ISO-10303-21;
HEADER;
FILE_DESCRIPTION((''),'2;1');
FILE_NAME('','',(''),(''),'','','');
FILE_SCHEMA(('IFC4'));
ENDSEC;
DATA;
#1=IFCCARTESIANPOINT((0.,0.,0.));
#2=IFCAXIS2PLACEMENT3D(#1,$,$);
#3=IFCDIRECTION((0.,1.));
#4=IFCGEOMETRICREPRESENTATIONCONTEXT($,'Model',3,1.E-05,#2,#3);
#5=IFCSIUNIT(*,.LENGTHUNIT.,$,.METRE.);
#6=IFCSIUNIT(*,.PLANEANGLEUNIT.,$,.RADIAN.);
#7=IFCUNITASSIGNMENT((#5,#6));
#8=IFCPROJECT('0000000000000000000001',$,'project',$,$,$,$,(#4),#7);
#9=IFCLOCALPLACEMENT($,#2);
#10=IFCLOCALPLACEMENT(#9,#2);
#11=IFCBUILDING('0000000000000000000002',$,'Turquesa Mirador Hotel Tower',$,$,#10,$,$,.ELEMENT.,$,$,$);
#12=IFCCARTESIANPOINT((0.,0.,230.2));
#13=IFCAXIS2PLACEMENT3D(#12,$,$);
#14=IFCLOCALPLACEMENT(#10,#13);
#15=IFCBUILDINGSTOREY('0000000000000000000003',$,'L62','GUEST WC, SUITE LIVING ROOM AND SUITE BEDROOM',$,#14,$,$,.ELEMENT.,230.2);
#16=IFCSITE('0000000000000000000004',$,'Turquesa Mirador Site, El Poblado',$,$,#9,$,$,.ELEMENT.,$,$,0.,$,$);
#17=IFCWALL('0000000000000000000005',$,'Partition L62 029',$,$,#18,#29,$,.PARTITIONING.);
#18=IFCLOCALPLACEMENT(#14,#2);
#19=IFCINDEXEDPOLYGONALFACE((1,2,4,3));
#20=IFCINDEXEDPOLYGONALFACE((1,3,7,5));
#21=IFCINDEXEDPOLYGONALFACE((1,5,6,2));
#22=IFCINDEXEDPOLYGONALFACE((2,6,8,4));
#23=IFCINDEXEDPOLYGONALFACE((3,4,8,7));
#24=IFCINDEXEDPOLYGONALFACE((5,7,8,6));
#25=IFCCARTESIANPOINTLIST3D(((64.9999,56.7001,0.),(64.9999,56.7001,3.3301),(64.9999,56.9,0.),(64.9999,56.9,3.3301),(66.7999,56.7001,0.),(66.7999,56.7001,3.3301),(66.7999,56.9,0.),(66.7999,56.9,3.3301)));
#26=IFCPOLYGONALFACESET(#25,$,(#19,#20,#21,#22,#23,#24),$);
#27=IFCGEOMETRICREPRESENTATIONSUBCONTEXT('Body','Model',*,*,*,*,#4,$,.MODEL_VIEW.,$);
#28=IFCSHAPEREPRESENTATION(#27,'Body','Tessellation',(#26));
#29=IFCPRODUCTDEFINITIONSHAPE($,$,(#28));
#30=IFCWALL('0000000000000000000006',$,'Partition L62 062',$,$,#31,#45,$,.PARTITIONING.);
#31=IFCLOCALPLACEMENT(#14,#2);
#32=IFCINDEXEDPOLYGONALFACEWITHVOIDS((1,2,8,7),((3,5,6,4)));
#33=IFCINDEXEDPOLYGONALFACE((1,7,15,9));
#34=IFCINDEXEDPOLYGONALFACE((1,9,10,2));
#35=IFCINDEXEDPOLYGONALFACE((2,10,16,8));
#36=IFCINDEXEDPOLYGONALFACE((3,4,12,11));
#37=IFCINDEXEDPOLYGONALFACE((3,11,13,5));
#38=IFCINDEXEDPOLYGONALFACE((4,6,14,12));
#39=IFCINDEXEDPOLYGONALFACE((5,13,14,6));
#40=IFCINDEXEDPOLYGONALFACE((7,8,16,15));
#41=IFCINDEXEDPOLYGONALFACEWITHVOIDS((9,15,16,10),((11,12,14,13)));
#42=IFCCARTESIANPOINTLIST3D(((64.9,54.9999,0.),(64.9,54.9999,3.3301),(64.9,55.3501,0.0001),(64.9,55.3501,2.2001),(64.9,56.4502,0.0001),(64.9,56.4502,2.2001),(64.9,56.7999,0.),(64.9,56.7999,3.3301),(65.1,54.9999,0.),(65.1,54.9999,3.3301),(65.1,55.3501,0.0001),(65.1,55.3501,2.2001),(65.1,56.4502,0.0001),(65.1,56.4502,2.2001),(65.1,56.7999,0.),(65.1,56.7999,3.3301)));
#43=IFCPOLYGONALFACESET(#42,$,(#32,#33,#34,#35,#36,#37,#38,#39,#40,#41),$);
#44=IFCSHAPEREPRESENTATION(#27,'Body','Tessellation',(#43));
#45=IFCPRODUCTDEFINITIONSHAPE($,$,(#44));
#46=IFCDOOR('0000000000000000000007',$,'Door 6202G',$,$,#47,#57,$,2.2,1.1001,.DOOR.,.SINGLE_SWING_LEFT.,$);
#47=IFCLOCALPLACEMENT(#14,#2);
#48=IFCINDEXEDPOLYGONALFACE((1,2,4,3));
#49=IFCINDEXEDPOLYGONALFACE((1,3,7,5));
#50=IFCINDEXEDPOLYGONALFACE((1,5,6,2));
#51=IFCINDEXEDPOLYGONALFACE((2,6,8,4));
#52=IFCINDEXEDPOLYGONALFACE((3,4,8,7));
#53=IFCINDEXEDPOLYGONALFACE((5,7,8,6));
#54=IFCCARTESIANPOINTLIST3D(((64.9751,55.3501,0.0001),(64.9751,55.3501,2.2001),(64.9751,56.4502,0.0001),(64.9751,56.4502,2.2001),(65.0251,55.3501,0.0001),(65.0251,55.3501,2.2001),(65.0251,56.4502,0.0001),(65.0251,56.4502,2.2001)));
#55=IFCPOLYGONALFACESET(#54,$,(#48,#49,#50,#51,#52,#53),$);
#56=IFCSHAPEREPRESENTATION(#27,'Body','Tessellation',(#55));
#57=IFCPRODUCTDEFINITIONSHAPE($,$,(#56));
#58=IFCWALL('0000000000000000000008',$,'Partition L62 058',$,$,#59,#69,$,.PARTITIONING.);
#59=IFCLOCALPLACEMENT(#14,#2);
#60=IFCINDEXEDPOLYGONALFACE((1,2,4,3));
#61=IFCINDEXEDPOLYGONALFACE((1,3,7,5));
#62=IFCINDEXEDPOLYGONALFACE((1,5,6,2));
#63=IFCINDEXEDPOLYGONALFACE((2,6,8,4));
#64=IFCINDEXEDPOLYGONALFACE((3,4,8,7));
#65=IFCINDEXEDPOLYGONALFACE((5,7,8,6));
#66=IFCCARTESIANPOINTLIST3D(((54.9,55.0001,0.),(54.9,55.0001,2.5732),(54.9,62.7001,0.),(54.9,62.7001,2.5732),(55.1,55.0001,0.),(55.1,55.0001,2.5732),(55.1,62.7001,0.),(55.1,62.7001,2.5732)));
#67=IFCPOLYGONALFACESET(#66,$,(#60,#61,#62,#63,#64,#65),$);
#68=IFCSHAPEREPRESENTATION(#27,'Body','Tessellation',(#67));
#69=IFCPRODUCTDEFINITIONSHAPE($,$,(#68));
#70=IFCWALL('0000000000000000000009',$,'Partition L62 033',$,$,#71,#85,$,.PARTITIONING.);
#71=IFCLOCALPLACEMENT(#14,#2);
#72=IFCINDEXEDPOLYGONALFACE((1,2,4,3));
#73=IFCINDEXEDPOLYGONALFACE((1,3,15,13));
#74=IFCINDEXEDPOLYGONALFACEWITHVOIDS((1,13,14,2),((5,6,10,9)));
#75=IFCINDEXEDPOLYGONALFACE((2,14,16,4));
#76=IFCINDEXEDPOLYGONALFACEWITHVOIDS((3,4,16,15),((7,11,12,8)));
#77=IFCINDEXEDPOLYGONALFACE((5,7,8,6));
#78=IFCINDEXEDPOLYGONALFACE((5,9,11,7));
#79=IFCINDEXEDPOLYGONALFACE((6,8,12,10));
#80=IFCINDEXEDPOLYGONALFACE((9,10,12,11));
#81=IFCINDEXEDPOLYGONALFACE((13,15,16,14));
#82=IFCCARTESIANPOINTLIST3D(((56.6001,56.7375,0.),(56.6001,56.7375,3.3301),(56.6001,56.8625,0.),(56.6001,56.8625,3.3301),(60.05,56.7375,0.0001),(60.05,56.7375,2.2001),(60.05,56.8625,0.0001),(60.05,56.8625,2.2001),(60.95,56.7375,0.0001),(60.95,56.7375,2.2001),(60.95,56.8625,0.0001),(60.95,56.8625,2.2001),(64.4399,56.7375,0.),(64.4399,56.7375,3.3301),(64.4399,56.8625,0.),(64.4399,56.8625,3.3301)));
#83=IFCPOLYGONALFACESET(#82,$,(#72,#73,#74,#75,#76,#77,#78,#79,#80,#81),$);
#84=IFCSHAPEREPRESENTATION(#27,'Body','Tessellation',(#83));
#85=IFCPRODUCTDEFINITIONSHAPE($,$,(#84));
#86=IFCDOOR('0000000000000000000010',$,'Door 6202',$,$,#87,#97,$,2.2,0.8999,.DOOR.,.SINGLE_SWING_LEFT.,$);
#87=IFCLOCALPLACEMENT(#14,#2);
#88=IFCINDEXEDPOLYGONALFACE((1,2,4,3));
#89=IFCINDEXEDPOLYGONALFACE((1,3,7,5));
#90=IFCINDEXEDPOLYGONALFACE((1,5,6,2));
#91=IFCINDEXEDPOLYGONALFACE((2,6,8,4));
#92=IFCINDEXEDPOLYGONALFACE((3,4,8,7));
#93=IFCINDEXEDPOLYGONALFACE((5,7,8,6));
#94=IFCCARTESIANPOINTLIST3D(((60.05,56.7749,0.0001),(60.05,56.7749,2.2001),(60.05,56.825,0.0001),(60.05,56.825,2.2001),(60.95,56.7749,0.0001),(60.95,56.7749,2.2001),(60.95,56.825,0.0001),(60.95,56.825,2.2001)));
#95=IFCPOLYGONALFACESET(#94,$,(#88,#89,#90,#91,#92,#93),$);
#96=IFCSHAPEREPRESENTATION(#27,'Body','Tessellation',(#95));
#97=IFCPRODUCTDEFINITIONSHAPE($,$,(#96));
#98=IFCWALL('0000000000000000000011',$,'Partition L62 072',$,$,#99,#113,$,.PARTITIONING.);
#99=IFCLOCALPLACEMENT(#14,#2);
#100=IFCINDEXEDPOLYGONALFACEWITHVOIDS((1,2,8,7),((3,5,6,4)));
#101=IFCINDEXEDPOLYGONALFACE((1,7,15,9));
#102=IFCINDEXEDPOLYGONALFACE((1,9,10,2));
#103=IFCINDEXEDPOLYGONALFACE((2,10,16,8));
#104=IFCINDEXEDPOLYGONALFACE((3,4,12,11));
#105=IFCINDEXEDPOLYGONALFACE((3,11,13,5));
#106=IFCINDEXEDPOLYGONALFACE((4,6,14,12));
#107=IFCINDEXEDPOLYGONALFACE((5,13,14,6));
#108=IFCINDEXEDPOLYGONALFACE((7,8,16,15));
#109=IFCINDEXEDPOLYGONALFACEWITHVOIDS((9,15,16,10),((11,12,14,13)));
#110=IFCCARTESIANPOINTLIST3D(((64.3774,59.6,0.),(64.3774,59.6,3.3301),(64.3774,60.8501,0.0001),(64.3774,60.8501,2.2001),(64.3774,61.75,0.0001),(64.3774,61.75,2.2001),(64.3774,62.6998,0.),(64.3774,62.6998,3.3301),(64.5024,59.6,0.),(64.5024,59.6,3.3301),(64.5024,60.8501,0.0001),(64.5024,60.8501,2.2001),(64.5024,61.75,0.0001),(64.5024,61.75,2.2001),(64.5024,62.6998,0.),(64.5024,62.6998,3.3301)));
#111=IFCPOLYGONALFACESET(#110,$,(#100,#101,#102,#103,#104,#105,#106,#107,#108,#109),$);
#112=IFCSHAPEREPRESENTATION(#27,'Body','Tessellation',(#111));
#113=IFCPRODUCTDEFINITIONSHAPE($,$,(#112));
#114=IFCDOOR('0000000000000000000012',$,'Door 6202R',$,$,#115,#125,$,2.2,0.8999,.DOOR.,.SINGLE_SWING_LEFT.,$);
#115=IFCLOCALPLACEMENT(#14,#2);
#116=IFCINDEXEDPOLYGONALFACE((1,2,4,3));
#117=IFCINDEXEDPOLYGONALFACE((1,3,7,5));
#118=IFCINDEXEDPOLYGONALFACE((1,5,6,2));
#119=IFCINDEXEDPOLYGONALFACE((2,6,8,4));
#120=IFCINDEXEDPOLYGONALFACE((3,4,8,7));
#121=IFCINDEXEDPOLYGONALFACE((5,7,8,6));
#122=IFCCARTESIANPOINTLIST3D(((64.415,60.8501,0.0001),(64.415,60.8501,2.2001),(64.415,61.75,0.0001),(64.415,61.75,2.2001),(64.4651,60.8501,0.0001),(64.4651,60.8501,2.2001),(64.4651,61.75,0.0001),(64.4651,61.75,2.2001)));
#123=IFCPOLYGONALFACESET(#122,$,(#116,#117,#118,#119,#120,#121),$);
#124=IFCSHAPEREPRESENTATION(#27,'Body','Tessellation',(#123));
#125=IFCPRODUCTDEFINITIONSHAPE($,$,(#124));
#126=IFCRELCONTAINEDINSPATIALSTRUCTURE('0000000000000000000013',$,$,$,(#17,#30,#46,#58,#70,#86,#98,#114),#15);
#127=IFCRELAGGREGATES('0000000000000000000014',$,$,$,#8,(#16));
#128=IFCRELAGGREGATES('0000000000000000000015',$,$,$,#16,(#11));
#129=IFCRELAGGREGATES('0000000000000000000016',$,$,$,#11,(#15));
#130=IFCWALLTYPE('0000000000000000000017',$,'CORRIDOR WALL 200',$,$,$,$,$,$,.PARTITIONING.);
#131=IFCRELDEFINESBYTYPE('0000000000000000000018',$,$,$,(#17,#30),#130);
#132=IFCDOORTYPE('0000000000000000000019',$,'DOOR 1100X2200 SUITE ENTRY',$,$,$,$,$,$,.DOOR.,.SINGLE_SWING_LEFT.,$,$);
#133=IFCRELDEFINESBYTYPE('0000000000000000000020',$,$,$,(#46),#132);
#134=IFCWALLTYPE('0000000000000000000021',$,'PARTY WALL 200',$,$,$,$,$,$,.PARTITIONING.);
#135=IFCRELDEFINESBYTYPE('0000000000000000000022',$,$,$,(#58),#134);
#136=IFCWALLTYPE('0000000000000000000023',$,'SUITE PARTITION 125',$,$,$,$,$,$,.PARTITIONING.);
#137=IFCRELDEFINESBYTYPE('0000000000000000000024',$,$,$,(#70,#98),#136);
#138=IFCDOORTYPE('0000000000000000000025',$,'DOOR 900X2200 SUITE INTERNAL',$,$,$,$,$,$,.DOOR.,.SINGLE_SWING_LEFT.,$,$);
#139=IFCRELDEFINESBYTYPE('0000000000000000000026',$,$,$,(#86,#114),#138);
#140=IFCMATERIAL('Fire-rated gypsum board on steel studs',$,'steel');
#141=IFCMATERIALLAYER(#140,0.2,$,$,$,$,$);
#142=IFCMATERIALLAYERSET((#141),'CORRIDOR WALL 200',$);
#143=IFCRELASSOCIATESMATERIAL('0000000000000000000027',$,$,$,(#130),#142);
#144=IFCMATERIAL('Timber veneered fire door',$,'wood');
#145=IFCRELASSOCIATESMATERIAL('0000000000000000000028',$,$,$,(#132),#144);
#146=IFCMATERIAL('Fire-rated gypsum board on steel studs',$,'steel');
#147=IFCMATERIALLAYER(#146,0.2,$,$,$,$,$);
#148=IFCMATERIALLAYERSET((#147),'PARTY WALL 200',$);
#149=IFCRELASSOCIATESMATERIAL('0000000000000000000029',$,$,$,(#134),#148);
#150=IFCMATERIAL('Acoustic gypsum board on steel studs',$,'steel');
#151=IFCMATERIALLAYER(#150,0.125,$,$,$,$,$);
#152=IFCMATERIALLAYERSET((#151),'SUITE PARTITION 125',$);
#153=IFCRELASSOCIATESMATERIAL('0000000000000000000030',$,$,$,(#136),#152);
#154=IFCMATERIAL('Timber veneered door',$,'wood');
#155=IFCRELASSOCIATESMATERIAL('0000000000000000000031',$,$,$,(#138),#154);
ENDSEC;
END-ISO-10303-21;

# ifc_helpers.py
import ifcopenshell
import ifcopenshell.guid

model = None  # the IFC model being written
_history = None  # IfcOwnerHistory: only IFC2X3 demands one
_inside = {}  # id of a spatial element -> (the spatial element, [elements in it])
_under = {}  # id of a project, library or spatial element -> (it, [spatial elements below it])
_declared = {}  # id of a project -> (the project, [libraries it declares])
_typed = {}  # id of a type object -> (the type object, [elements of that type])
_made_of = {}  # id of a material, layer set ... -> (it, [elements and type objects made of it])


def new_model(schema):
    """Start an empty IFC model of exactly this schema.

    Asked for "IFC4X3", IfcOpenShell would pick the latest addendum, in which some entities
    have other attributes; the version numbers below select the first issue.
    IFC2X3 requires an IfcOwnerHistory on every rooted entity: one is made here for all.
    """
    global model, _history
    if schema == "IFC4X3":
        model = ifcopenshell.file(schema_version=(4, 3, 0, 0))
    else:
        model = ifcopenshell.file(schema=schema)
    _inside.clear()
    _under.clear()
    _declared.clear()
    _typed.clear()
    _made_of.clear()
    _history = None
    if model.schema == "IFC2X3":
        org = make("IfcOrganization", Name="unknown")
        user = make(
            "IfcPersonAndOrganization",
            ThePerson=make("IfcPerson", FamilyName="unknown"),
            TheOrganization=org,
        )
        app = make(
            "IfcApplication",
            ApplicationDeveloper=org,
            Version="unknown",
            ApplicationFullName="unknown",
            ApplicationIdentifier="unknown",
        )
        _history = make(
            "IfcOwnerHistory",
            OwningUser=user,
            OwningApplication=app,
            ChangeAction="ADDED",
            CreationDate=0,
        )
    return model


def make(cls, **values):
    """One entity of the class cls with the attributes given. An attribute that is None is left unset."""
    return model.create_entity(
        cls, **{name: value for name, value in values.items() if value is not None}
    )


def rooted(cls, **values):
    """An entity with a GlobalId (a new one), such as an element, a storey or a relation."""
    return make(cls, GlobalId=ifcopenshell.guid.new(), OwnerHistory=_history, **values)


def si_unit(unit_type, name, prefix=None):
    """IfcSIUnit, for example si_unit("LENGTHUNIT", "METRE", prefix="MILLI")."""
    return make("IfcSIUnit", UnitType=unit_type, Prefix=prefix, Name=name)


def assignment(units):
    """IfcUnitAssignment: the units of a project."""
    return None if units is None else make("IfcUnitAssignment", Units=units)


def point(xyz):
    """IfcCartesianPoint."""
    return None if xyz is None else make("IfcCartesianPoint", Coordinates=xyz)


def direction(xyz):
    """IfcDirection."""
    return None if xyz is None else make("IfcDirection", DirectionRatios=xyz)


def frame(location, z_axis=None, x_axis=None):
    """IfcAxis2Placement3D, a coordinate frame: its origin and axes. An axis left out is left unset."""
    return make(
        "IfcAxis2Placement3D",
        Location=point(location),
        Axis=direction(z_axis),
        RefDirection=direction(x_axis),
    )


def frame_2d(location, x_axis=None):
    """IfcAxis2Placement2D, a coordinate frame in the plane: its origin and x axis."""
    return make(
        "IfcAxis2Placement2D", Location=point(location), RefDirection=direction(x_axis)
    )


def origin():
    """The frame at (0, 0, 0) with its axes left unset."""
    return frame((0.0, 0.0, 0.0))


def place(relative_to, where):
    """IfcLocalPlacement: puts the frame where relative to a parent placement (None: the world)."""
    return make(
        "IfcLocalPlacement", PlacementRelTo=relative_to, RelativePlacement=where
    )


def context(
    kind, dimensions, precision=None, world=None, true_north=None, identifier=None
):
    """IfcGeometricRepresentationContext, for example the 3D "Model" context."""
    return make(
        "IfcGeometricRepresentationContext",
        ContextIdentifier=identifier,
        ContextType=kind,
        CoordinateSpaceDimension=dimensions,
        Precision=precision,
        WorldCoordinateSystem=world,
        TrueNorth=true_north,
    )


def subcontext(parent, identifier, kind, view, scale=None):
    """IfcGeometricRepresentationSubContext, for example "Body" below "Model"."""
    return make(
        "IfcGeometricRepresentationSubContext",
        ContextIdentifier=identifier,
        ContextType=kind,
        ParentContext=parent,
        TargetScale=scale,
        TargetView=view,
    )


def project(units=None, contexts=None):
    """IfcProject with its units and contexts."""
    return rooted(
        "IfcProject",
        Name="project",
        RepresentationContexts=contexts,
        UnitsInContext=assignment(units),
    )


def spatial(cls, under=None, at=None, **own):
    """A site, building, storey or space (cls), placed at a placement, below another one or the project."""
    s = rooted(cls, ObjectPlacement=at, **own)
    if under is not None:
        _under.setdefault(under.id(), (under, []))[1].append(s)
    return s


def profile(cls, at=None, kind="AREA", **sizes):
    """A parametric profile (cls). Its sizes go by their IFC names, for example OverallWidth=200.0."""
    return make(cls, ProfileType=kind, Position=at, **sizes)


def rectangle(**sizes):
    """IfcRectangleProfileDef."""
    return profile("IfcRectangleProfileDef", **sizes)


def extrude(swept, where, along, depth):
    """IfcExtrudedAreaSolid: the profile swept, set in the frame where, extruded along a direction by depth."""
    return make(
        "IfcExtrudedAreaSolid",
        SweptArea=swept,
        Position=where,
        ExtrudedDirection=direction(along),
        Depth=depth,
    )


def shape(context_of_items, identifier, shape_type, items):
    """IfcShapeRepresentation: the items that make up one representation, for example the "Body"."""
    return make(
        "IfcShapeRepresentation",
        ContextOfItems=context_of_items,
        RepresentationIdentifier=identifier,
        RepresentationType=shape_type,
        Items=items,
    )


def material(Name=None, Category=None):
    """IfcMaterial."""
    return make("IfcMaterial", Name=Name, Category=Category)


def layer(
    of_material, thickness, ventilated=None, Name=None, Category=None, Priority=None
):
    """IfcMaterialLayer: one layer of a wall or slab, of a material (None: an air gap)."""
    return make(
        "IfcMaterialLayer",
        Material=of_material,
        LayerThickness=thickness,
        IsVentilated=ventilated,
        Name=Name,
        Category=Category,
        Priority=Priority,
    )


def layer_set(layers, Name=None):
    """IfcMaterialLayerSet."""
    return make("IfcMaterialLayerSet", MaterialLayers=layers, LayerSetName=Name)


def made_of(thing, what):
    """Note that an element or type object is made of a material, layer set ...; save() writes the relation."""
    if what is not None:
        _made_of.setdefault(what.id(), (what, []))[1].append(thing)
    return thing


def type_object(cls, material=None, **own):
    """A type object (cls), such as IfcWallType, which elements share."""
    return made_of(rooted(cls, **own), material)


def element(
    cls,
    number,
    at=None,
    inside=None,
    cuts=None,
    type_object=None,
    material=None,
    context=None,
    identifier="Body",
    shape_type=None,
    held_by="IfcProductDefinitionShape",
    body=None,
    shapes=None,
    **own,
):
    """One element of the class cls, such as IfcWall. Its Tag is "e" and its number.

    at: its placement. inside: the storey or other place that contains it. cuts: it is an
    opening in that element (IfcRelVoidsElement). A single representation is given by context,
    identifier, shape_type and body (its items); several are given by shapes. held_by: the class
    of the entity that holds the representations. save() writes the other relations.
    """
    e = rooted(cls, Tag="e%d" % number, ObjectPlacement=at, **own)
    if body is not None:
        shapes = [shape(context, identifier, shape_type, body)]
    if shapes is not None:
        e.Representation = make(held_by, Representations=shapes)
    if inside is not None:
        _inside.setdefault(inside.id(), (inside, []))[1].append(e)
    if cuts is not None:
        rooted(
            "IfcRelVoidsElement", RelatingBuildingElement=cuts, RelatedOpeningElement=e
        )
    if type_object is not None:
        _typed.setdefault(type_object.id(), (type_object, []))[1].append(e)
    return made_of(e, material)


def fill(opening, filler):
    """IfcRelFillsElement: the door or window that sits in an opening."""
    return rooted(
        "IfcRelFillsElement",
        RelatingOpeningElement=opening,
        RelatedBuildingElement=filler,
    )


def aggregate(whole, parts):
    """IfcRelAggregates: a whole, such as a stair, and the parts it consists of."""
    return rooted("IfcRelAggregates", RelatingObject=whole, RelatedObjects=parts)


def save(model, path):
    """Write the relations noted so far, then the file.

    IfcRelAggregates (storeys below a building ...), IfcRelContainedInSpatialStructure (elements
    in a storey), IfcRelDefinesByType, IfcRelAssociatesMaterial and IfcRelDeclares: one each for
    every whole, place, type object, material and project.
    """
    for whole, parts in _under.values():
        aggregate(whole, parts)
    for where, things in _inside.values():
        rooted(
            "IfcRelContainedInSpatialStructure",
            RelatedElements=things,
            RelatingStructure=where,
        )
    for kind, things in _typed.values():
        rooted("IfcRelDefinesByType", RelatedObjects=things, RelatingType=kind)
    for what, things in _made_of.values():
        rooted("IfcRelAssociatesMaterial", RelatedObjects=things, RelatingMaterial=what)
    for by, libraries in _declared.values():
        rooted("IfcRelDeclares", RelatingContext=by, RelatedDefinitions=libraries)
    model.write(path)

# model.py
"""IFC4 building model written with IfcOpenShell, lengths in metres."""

from ifc_helpers import new_model, si_unit, direction, frame, frame_2d, origin, place, context, subcontext, project, spatial, rectangle, extrude, material, layer, layer_set, type_object, element, fill, save


model = new_model("IFC4")

# Units and contexts
model_context = context("Model", 3, precision=1e-05, world=origin(), true_north=direction((0.0, 1.0)))
body_context = subcontext(model_context, "Body", "Model", "MODEL_VIEW")
ifc_project = project(units=[si_unit("LENGTHUNIT", "METRE"), si_unit("PLANEANGLEUNIT", "RADIAN")], contexts=[model_context])

# Site, building, storey
site_placement = place(None, origin())
site = spatial("IfcSite", under=ifc_project, at=site_placement, Name="Turquesa Mirador Site, El Poblado", CompositionType="ELEMENT", RefElevation=0.0)
building_placement = place(site_placement, origin())
building = spatial("IfcBuilding", under=site, at=building_placement, Name="Turquesa Mirador Hotel Tower", CompositionType="ELEMENT")
storey_placement = place(building_placement, frame((0.0, 0.0, 230.2)))
storey = spatial("IfcBuildingStorey", under=building, at=storey_placement, Name="L62", Description="GUEST WC, SUITE LIVING ROOM AND SUITE BEDROOM", CompositionType="ELEMENT", Elevation=230.2)

# Wall
ifc_material_1 = material(Name="Fire-rated gypsum board on steel studs", Category="steel")
ifc_layer_1 = layer(ifc_material_1, 0.2)
ifc_layer_set_1 = layer_set([ifc_layer_1], Name="CORRIDOR WALL 200")
wall_type_1 = type_object("IfcWallType", Name="CORRIDOR WALL 200", PredefinedType="PARTITIONING", material=ifc_layer_set_1)
wall_1_placement = place(storey_placement, frame((65.0, 56.8, 0.0), z_axis=(0.0, 0.0, 1.0), x_axis=(1.0, 0.0, 0.0)))
element("IfcWall", 1, at=wall_1_placement, inside=storey, type_object=wall_type_1, Name="Partition L62 029", PredefinedType="PARTITIONING", context=body_context, shape_type="SweptSolid", body=[
    extrude(rectangle(XDim=1.8, YDim=0.2, at=frame_2d((0.8999, 0.0))), origin(), (0.0, 0.0, 1.0), 3.3301),
])

# Wall, opening, door
wall_2_placement = place(storey_placement, frame((65.0, 55.0, 0.0), z_axis=(0.0, 0.0, 1.0), x_axis=(0.0, 1.0, 0.0)))
wall_2 = element("IfcWall", 2, at=wall_2_placement, inside=storey, type_object=wall_type_1, Name="Partition L62 062", PredefinedType="PARTITIONING", context=body_context, shape_type="SweptSolid", body=[
    extrude(rectangle(XDim=1.8, YDim=0.2, at=frame_2d((0.8999, 0.0))), origin(), (0.0, 0.0, 1.0), 3.3301),
])
opening_1_placement = place(wall_2_placement, frame((0.3501, 0.0, 0.0)))
opening_1 = element("IfcOpeningElement", 3, at=opening_1_placement, cuts=wall_2, PredefinedType="OPENING", context=body_context, shape_type="SweptSolid", body=[
    extrude(rectangle(XDim=1.1001, YDim=2.2, at=frame_2d((0.55, 1.1001))), frame((0.0, 0.1099, 0.0), z_axis=(0.0, -1.0, 0.0), x_axis=(1.0, 0.0, 0.0)), (0.0, 0.0, 1.0), 0.22),
])
ifc_material_2 = material(Name="Timber veneered fire door", Category="wood")
door_type_1 = type_object("IfcDoorType", Name="DOOR 1100X2200 SUITE ENTRY", OperationType="SINGLE_SWING_LEFT", PredefinedType="DOOR", material=ifc_material_2)
door_1_placement = place(opening_1_placement, origin())
door_1 = element("IfcDoor", 4, at=door_1_placement, inside=storey, type_object=door_type_1, Name="Door 6202G", OperationType="SINGLE_SWING_LEFT", OverallHeight=2.2, OverallWidth=1.1001, PredefinedType="DOOR", context=body_context, shape_type="SweptSolid", body=[
    extrude(rectangle(XDim=1.1001, YDim=2.2, at=frame_2d((0.55, 1.1001))), frame((0.0, 0.0249, 0.0), z_axis=(0.0, -1.0, 0.0), x_axis=(1.0, 0.0, 0.0)), (0.0, 0.0, 1.0), 0.05),
])
fill(opening_1, door_1)

# Wall
ifc_material_3 = material(Name="Fire-rated gypsum board on steel studs", Category="steel")
ifc_layer_2 = layer(ifc_material_3, 0.2)
ifc_layer_set_2 = layer_set([ifc_layer_2], Name="PARTY WALL 200")
wall_type_2 = type_object("IfcWallType", Name="PARTY WALL 200", PredefinedType="PARTITIONING", material=ifc_layer_set_2)
wall_3_placement = place(storey_placement, frame((55.0, 55.0, 0.0), z_axis=(0.0, 0.0, 1.0), x_axis=(0.0, 1.0, 0.0)))
element("IfcWall", 5, at=wall_3_placement, inside=storey, type_object=wall_type_2, Name="Partition L62 058", PredefinedType="PARTITIONING", context=body_context, shape_type="SweptSolid", body=[
    extrude(rectangle(XDim=7.7, YDim=0.2, at=frame_2d((3.8501, 0.0))), origin(), (0.0, 0.0, 1.0), 2.5732),
])

# Walls, openings, doors
ifc_material_4 = material(Name="Acoustic gypsum board on steel studs", Category="steel")
ifc_layer_3 = layer(ifc_material_4, 0.125)
ifc_layer_set_3 = layer_set([ifc_layer_3], Name="SUITE PARTITION 125")
wall_type_3 = type_object("IfcWallType", Name="SUITE PARTITION 125", PredefinedType="PARTITIONING", material=ifc_layer_set_3)
wall_4_placement = place(storey_placement, frame((56.6001, 56.8, 0.0), z_axis=(0.0, 0.0, 1.0), x_axis=(1.0, 0.0, 0.0)))
wall_4 = element("IfcWall", 6, at=wall_4_placement, inside=storey, type_object=wall_type_3, Name="Partition L62 033", PredefinedType="PARTITIONING", context=body_context, shape_type="SweptSolid", body=[
    extrude(rectangle(XDim=7.8398, YDim=0.125, at=frame_2d((3.9199, 0.0))), origin(), (0.0, 0.0, 1.0), 3.3301),
])
opening_2_placement = place(wall_4_placement, frame((3.45, 0.0, 0.0)))
opening_2 = element("IfcOpeningElement", 7, at=opening_2_placement, cuts=wall_4, PredefinedType="OPENING", context=body_context, shape_type="SweptSolid", body=[
    extrude(rectangle(XDim=0.8999, YDim=2.2, at=frame_2d((0.45, 1.1001))), frame((0.0, 0.0725, 0.0), z_axis=(0.0, -1.0, 0.0), x_axis=(1.0, 0.0, 0.0)), (0.0, 0.0, 1.0), 0.145),
])
ifc_material_5 = material(Name="Timber veneered door", Category="wood")
door_type_2 = type_object("IfcDoorType", Name="DOOR 900X2200 SUITE INTERNAL", OperationType="SINGLE_SWING_LEFT", PredefinedType="DOOR", material=ifc_material_5)
door_2_placement = place(opening_2_placement, origin())
door_2 = element("IfcDoor", 8, at=door_2_placement, inside=storey, type_object=door_type_2, Name="Door 6202", OperationType="SINGLE_SWING_LEFT", OverallHeight=2.2, OverallWidth=0.8999, PredefinedType="DOOR", context=body_context, shape_type="SweptSolid", body=[
    extrude(rectangle(XDim=0.8999, YDim=2.2, at=frame_2d((0.45, 1.1001))), frame((0.0, 0.0249, 0.0), z_axis=(0.0, -1.0, 0.0), x_axis=(1.0, 0.0, 0.0)), (0.0, 0.0, 1.0), 0.05),
])
fill(opening_2, door_2)
wall_5_placement = place(storey_placement, frame((64.4399, 59.6001, 0.0), z_axis=(0.0, 0.0, 1.0), x_axis=(0.0, 1.0, 0.0)))
wall_5 = element("IfcWall", 9, at=wall_5_placement, inside=storey, type_object=wall_type_3, Name="Partition L62 072", PredefinedType="PARTITIONING", context=body_context, shape_type="SweptSolid", body=[
    extrude(rectangle(XDim=3.0999, YDim=0.125, at=frame_2d((1.5498, 0.0))), origin(), (0.0, 0.0, 1.0), 3.3301),
])
opening_3_placement = place(wall_5_placement, frame((1.25, 0.0, 0.0)))
opening_3 = element("IfcOpeningElement", 10, at=opening_3_placement, cuts=wall_5, PredefinedType="OPENING", context=body_context, shape_type="SweptSolid", body=[
    extrude(rectangle(XDim=0.8999, YDim=2.2, at=frame_2d((0.45, 1.1001))), frame((0.0, 0.0725, 0.0), z_axis=(0.0, -1.0, 0.0), x_axis=(1.0, 0.0, 0.0)), (0.0, 0.0, 1.0), 0.145),
])
door_3_placement = place(opening_3_placement, origin())
door_3 = element("IfcDoor", 11, at=door_3_placement, inside=storey, type_object=door_type_2, Name="Door 6202R", OperationType="SINGLE_SWING_LEFT", OverallHeight=2.2, OverallWidth=0.8999, PredefinedType="DOOR", context=body_context, shape_type="SweptSolid", body=[
    extrude(rectangle(XDim=0.8999, YDim=2.2, at=frame_2d((0.45, 1.1001))), frame((0.0, 0.0249, 0.0), z_axis=(0.0, -1.0, 0.0), x_axis=(1.0, 0.0, 0.0)), (0.0, 0.0, 1.0), 0.05),
])
fill(opening_3, door_3)

save(model, "model.ifc")
